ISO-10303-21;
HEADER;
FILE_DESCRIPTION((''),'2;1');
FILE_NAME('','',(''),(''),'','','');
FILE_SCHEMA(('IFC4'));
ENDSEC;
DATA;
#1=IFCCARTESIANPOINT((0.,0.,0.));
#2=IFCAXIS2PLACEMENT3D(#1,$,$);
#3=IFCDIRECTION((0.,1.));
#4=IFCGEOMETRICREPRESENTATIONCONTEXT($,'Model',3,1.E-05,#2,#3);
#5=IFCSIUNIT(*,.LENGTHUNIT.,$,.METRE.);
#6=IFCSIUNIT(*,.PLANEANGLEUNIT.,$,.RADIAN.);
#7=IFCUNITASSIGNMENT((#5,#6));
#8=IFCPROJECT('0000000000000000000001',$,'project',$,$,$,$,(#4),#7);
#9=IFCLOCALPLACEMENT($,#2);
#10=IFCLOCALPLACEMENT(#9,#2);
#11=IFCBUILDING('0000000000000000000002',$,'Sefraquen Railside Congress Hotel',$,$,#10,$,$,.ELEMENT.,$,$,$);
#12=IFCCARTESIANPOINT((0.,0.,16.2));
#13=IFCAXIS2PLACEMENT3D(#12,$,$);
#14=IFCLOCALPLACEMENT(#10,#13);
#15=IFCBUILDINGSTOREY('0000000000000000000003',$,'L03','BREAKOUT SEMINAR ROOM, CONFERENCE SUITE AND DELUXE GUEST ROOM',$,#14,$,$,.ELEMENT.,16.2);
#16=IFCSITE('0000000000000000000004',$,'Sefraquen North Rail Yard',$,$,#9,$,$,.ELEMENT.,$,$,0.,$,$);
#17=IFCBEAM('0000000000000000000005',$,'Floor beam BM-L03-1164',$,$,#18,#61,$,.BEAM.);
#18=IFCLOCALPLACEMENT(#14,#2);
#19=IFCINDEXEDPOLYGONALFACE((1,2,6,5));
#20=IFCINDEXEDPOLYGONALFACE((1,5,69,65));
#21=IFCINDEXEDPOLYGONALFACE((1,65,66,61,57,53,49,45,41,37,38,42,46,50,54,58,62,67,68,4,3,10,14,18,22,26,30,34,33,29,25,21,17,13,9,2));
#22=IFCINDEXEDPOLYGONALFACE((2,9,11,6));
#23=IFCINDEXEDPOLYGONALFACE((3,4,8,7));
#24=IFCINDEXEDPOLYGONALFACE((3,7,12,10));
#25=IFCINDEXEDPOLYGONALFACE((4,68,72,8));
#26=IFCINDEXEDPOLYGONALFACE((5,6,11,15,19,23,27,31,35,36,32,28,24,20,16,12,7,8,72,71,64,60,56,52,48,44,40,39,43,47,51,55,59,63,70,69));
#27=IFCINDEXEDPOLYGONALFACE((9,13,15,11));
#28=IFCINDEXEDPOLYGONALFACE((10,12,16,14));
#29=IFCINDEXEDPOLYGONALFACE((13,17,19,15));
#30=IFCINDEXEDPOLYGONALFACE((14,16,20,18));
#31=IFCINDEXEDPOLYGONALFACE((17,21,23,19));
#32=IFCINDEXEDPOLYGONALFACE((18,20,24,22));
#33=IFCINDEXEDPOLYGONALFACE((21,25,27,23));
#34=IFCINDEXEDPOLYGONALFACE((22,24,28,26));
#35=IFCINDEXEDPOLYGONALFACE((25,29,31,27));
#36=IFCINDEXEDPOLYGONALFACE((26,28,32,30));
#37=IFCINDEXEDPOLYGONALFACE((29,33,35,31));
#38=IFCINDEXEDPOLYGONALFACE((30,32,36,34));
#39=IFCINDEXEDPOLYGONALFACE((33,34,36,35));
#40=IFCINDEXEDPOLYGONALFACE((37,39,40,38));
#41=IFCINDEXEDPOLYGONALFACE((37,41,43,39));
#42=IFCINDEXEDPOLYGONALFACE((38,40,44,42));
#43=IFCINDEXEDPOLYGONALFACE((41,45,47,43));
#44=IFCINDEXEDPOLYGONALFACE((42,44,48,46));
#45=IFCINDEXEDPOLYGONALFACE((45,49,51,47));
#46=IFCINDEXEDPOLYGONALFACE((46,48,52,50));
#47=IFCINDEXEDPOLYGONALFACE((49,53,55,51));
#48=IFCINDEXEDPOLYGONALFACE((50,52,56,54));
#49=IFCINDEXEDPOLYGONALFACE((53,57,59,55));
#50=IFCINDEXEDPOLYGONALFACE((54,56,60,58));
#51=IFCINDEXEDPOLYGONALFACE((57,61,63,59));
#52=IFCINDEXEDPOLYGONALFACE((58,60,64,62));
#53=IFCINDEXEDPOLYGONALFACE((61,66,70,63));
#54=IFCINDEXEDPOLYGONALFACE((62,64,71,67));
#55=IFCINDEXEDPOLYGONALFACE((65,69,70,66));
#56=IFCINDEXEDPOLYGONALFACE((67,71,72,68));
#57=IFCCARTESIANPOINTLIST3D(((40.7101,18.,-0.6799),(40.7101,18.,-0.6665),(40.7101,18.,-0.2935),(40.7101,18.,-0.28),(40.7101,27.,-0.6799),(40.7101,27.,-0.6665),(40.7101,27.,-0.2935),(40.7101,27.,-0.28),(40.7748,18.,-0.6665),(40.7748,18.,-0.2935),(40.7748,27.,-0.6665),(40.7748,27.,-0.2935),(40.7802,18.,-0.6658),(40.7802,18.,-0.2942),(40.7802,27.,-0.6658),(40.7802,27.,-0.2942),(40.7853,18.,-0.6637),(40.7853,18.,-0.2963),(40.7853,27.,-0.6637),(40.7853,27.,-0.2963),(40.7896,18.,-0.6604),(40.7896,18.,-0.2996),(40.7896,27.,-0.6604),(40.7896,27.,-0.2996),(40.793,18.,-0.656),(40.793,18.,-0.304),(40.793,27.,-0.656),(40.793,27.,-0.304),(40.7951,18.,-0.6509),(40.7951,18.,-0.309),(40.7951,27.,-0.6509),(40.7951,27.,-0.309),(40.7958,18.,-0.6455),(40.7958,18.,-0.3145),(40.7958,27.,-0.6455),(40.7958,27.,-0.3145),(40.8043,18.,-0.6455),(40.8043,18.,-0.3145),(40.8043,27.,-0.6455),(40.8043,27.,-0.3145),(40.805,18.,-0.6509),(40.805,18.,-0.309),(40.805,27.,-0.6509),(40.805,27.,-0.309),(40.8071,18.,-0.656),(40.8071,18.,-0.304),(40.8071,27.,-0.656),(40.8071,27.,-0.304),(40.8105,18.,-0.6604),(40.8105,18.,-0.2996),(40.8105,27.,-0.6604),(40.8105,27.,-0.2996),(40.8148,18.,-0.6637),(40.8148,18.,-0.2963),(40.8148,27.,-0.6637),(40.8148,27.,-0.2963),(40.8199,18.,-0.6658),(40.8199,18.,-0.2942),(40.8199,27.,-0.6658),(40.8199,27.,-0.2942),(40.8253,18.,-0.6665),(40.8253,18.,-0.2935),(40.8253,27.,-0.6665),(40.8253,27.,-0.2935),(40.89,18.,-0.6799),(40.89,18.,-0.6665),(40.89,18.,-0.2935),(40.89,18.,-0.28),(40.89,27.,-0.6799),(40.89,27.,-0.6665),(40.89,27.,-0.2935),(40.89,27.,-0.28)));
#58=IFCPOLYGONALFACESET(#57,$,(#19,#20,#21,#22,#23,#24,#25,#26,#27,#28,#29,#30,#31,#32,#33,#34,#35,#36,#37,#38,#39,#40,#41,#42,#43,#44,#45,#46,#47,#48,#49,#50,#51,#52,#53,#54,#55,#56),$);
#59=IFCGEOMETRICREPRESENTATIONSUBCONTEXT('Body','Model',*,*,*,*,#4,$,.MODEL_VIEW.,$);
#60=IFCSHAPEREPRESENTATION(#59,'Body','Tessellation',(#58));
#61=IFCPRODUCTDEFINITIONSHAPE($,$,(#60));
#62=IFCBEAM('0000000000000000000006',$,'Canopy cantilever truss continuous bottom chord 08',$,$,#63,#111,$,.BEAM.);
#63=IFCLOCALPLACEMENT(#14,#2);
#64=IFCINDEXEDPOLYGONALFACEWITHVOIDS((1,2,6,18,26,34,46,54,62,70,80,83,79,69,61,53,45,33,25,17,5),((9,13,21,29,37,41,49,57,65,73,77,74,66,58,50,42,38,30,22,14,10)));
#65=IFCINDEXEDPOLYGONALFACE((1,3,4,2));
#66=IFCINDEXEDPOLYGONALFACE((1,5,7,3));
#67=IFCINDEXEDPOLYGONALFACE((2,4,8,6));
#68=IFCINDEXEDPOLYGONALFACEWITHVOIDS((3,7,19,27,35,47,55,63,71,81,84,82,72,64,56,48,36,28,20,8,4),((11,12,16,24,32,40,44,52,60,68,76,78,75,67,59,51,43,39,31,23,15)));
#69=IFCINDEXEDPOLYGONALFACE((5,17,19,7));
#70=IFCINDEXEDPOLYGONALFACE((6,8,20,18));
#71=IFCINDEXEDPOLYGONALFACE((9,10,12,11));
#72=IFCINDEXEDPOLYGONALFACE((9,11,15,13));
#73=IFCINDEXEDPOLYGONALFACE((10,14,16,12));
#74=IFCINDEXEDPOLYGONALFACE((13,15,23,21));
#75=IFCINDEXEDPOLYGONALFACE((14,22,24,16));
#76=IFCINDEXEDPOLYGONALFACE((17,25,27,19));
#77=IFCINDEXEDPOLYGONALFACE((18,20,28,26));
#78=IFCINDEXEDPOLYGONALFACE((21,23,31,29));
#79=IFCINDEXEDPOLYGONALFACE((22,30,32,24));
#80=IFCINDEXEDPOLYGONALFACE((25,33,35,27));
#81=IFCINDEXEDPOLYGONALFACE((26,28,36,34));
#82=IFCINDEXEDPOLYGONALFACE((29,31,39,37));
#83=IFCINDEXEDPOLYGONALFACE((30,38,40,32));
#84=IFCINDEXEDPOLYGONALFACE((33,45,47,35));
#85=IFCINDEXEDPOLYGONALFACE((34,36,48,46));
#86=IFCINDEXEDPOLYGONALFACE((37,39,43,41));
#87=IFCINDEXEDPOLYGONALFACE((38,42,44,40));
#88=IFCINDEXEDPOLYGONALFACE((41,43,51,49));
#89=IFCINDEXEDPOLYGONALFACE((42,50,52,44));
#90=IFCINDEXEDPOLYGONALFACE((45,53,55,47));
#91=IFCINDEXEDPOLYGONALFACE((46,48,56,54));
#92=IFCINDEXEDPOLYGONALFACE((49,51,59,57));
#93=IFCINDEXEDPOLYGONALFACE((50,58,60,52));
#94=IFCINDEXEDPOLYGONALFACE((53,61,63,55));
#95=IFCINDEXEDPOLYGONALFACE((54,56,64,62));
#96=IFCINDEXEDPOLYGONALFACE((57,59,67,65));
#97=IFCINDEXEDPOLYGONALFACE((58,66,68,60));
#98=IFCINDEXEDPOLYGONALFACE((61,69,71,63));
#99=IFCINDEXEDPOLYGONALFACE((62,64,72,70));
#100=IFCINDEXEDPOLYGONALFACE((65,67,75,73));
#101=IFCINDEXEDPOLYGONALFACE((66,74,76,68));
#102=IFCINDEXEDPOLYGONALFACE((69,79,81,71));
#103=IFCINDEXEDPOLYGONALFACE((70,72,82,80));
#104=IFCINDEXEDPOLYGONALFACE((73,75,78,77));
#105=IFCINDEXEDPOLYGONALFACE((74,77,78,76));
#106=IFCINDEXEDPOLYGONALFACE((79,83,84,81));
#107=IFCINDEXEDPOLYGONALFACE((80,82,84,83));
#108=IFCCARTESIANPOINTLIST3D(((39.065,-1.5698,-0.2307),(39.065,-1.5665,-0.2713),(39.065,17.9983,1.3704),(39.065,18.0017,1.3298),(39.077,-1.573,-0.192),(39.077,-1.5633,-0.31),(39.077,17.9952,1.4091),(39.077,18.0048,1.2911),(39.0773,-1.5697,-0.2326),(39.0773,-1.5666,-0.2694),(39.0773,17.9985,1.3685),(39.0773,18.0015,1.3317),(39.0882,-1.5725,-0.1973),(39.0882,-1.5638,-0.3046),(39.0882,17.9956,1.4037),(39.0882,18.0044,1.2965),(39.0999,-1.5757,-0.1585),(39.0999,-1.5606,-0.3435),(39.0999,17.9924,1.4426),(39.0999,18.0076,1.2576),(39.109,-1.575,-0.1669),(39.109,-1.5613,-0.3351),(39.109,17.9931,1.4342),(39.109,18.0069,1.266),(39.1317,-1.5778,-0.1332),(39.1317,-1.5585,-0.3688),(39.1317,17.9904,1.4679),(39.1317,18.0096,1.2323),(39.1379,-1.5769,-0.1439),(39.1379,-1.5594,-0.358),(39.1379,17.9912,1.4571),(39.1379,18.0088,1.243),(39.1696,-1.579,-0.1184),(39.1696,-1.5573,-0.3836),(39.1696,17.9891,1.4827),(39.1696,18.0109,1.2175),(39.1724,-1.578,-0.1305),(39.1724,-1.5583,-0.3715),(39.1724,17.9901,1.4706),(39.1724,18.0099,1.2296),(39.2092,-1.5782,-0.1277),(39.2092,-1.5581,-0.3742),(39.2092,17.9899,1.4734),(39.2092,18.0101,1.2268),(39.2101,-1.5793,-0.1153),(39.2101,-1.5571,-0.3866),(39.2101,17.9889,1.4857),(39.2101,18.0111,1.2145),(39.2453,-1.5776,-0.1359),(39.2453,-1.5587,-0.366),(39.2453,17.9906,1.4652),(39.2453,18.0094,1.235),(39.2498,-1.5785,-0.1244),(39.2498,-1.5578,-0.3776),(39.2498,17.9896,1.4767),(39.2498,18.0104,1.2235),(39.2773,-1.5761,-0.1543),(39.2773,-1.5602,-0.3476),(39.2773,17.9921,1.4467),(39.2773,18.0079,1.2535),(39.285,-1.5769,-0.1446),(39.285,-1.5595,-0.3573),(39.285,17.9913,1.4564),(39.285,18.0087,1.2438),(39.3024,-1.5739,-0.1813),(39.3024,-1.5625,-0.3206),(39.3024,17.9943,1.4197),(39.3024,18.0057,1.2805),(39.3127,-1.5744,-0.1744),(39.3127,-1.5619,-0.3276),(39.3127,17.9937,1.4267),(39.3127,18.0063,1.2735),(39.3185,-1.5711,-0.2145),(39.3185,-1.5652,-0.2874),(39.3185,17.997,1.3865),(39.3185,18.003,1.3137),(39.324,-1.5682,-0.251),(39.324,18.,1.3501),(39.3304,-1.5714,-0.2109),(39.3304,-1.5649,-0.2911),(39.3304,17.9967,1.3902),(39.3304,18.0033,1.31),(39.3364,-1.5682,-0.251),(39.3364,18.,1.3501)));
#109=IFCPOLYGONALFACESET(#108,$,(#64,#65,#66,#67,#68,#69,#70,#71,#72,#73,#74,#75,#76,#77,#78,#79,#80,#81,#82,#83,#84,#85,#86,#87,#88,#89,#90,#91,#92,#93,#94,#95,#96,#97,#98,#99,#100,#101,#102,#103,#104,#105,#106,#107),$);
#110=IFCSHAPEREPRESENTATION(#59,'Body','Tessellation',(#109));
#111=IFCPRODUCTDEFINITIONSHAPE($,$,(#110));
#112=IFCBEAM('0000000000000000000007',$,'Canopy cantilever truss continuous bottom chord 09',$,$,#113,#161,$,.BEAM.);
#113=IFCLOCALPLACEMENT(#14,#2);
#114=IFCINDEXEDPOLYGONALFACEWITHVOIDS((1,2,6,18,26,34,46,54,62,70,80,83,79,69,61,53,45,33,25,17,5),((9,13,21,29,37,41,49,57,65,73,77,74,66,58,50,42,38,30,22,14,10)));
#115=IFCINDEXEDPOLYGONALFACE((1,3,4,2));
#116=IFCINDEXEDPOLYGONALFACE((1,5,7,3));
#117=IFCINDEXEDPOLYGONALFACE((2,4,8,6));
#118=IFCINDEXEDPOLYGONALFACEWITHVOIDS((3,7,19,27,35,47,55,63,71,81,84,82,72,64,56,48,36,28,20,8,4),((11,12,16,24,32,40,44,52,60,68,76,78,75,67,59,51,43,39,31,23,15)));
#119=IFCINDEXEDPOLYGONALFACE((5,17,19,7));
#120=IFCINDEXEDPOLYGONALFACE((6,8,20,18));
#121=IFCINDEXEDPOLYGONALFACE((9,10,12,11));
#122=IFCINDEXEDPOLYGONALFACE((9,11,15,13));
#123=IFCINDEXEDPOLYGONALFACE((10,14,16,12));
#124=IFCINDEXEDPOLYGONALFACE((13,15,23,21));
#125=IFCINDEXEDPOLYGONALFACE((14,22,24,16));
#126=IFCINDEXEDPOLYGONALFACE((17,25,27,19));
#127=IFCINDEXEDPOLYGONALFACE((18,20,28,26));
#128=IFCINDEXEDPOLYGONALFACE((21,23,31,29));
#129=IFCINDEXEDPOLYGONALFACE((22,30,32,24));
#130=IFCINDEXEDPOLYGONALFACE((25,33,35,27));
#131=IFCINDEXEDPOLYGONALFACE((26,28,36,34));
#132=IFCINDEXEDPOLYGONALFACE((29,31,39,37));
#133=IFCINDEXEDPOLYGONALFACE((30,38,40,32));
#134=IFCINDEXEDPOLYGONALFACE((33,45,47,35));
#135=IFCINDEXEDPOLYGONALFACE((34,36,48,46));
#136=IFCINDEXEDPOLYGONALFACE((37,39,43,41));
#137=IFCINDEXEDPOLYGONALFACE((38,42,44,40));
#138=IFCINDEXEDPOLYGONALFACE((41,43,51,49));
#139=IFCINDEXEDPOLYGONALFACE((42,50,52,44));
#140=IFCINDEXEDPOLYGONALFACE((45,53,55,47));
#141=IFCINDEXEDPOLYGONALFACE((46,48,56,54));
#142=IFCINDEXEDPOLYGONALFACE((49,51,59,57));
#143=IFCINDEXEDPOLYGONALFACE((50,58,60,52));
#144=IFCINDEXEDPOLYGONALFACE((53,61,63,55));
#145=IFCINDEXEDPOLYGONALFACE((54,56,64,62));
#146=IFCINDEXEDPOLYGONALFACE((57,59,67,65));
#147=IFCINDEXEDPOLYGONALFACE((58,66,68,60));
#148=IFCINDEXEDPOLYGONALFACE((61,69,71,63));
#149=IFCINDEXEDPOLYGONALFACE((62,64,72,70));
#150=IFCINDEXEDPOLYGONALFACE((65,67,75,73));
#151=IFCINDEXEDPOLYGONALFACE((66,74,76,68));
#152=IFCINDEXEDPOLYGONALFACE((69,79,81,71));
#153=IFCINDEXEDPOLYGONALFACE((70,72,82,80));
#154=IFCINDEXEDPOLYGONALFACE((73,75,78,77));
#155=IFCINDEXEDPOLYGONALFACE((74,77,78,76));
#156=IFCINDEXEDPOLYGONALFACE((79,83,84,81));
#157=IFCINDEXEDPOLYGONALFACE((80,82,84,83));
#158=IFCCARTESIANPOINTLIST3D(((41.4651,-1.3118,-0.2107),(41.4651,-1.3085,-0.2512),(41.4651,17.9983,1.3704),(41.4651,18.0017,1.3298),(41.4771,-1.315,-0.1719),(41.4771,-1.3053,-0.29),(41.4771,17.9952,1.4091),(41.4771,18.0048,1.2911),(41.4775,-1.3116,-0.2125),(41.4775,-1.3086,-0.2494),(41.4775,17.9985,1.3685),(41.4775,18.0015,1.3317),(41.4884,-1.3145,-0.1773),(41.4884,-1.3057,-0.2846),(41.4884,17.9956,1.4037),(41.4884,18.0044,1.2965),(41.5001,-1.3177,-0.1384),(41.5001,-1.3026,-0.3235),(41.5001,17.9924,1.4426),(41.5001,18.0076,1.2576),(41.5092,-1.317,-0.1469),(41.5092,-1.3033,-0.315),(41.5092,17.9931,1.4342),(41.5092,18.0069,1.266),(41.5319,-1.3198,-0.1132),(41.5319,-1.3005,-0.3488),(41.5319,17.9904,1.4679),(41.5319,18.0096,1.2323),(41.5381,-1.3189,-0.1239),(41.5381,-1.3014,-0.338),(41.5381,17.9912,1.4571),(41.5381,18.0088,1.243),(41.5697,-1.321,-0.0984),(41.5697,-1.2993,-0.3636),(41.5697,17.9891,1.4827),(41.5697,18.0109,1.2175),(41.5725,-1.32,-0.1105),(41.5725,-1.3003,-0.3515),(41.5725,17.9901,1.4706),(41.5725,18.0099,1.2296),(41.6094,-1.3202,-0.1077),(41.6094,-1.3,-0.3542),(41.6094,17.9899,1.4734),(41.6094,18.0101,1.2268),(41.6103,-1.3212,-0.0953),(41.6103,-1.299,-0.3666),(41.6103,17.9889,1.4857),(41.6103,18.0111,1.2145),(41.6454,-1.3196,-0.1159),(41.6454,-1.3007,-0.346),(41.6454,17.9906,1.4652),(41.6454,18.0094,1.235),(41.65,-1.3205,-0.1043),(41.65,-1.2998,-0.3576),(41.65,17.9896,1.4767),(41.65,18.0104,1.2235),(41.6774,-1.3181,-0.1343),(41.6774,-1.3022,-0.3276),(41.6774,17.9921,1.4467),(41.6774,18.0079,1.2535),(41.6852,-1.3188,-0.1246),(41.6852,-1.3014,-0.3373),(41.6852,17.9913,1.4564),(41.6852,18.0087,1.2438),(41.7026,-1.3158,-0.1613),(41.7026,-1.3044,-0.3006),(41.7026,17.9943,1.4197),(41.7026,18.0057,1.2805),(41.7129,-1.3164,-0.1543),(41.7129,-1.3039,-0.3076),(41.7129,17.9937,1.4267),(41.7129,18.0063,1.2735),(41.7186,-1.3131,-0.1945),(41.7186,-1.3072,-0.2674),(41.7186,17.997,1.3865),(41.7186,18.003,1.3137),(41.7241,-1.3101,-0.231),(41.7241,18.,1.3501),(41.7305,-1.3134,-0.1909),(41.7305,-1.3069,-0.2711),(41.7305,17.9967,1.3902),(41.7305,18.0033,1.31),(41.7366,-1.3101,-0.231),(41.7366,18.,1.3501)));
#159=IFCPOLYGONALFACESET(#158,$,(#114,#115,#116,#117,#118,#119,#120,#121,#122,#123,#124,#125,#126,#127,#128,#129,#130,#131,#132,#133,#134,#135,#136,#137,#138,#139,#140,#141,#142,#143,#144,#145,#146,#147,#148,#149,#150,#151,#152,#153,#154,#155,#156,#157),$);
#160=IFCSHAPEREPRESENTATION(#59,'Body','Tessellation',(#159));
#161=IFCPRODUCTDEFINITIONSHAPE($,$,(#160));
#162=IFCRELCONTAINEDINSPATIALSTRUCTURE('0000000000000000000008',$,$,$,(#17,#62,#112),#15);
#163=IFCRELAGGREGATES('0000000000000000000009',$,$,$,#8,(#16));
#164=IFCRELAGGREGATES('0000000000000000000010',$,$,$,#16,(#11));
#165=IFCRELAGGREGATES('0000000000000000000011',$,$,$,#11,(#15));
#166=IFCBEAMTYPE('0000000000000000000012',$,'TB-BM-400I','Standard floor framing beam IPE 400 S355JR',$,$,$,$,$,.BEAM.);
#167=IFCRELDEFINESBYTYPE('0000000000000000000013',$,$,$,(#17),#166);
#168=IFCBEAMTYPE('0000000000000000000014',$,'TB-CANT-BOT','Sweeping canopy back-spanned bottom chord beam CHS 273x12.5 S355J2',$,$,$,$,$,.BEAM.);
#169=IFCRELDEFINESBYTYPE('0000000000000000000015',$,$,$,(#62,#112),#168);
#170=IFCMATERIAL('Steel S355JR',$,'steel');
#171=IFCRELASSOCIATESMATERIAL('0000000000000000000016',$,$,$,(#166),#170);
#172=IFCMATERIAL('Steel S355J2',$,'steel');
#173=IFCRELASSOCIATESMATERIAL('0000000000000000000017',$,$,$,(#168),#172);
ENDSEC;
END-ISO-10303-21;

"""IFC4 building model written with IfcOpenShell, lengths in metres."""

from ifc_helpers import new_model, si_unit, direction, frame, origin, origin_2d, place, context, subcontext, project, spatial, hollow_circle, i_section, extrude, material, material_profile, profile_set, type_object, element, save


model = new_model("IFC4")

# Units and contexts
model_context = context("Model", 3, precision=1e-05, world=origin(), true_north=direction((0.0, 1.0)))
body_context = subcontext(model_context, "Body", "Model", "MODEL_VIEW")
ifc_project = project(units=[si_unit("LENGTHUNIT", "METRE"), si_unit("PLANEANGLEUNIT", "RADIAN")], contexts=[model_context])

# Site, building, storey
site_placement = place(None, origin())
site = spatial("IfcSite", under=ifc_project, at=site_placement, Name="Sefraquen North Rail Yard", CompositionType="ELEMENT", RefElevation=0.0)
building_placement = place(site_placement, origin())
building = spatial("IfcBuilding", under=site, at=building_placement, Name="Sefraquen Railside Congress Hotel", CompositionType="ELEMENT")
storey_placement = place(building_placement, frame((0.0, 0.0, 16.2)))
storey = spatial("IfcBuildingStorey", under=building, at=storey_placement, Name="L03", Description="BREAKOUT SEMINAR ROOM, CONFERENCE SUITE AND DELUXE GUEST ROOM", CompositionType="ELEMENT", Elevation=16.2)

# Beams
ifc_material_1 = material(Name="Steel S355JR", Category="steel")
ifc_material_profile_1 = material_profile(ifc_material_1, i_section(OverallWidth=0.1799, OverallDepth=0.3999, WebThickness=0.0085, FlangeThickness=0.0134, FilletRadius=0.021, at=origin_2d()), Name="IPE 400")
ifc_profile_set_1 = profile_set([ifc_material_profile_1], Name="Steel S355JR")
beam_type_1 = type_object("IfcBeamType", Name="TB-BM-400I", Description="Standard floor framing beam IPE 400 S355JR", PredefinedType="BEAM", material=ifc_profile_set_1)
beam_1_placement = place(storey_placement, frame((40.8, 18.0, -0.48), z_axis=(0.0, 1.0, 0.0), x_axis=(-1.0, 0.0, 0.0)))
element("IfcBeam", 1, at=beam_1_placement, inside=storey, type_object=beam_type_1, Name="Floor beam BM-L03-1164", PredefinedType="BEAM", context=body_context, shape_type="SweptSolid", body=[
    extrude(i_section(OverallWidth=0.1799, OverallDepth=0.3999, WebThickness=0.0085, FlangeThickness=0.0134, FilletRadius=0.021, at=origin_2d()), origin(), (0.0, 0.0, 1.0), 9.0),
])
ifc_material_2 = material(Name="Steel S355J2", Category="steel")
ifc_material_profile_2 = material_profile(ifc_material_2, hollow_circle(Radius=0.1365, WallThickness=0.0125, at=origin_2d()), Name="CHS 273x12.5")
ifc_profile_set_2 = profile_set([ifc_material_profile_2], Name="Steel S355J2")
beam_type_2 = type_object("IfcBeamType", Name="TB-CANT-BOT", Description="Sweeping canopy back-spanned bottom chord beam CHS 273x12.5 S355J2", PredefinedType="BEAM", material=ifc_profile_set_2)
beam_2_placement = place(storey_placement, frame((39.2, 18.0, 1.3501), z_axis=(0.0, -0.996669, -0.081548), x_axis=(1.0, 0.0, 0.0)))
element("IfcBeam", 2, at=beam_2_placement, inside=storey, type_object=beam_type_2, Name="Canopy cantilever truss continuous bottom chord 08", PredefinedType="BEAM", context=body_context, shape_type="SweptSolid", body=[
    extrude(hollow_circle(Radius=0.1365, WallThickness=0.0125, at=origin_2d()), origin(), (0.0, 0.0, 1.0), 19.6335),
])
beam_3_placement = place(storey_placement, frame((41.6001, 18.0, 1.3501), z_axis=(0.0, -0.996665, -0.081604), x_axis=(1.0, 0.0, 0.0)))
element("IfcBeam", 3, at=beam_3_placement, inside=storey, type_object=beam_type_2, Name="Canopy cantilever truss continuous bottom chord 09", PredefinedType="BEAM", context=body_context, shape_type="SweptSolid", body=[
    extrude(hollow_circle(Radius=0.1365, WallThickness=0.0125, at=origin_2d()), origin(), (0.0, 0.0, 1.0), 19.3748),
])

save(model, "model.ifc")
